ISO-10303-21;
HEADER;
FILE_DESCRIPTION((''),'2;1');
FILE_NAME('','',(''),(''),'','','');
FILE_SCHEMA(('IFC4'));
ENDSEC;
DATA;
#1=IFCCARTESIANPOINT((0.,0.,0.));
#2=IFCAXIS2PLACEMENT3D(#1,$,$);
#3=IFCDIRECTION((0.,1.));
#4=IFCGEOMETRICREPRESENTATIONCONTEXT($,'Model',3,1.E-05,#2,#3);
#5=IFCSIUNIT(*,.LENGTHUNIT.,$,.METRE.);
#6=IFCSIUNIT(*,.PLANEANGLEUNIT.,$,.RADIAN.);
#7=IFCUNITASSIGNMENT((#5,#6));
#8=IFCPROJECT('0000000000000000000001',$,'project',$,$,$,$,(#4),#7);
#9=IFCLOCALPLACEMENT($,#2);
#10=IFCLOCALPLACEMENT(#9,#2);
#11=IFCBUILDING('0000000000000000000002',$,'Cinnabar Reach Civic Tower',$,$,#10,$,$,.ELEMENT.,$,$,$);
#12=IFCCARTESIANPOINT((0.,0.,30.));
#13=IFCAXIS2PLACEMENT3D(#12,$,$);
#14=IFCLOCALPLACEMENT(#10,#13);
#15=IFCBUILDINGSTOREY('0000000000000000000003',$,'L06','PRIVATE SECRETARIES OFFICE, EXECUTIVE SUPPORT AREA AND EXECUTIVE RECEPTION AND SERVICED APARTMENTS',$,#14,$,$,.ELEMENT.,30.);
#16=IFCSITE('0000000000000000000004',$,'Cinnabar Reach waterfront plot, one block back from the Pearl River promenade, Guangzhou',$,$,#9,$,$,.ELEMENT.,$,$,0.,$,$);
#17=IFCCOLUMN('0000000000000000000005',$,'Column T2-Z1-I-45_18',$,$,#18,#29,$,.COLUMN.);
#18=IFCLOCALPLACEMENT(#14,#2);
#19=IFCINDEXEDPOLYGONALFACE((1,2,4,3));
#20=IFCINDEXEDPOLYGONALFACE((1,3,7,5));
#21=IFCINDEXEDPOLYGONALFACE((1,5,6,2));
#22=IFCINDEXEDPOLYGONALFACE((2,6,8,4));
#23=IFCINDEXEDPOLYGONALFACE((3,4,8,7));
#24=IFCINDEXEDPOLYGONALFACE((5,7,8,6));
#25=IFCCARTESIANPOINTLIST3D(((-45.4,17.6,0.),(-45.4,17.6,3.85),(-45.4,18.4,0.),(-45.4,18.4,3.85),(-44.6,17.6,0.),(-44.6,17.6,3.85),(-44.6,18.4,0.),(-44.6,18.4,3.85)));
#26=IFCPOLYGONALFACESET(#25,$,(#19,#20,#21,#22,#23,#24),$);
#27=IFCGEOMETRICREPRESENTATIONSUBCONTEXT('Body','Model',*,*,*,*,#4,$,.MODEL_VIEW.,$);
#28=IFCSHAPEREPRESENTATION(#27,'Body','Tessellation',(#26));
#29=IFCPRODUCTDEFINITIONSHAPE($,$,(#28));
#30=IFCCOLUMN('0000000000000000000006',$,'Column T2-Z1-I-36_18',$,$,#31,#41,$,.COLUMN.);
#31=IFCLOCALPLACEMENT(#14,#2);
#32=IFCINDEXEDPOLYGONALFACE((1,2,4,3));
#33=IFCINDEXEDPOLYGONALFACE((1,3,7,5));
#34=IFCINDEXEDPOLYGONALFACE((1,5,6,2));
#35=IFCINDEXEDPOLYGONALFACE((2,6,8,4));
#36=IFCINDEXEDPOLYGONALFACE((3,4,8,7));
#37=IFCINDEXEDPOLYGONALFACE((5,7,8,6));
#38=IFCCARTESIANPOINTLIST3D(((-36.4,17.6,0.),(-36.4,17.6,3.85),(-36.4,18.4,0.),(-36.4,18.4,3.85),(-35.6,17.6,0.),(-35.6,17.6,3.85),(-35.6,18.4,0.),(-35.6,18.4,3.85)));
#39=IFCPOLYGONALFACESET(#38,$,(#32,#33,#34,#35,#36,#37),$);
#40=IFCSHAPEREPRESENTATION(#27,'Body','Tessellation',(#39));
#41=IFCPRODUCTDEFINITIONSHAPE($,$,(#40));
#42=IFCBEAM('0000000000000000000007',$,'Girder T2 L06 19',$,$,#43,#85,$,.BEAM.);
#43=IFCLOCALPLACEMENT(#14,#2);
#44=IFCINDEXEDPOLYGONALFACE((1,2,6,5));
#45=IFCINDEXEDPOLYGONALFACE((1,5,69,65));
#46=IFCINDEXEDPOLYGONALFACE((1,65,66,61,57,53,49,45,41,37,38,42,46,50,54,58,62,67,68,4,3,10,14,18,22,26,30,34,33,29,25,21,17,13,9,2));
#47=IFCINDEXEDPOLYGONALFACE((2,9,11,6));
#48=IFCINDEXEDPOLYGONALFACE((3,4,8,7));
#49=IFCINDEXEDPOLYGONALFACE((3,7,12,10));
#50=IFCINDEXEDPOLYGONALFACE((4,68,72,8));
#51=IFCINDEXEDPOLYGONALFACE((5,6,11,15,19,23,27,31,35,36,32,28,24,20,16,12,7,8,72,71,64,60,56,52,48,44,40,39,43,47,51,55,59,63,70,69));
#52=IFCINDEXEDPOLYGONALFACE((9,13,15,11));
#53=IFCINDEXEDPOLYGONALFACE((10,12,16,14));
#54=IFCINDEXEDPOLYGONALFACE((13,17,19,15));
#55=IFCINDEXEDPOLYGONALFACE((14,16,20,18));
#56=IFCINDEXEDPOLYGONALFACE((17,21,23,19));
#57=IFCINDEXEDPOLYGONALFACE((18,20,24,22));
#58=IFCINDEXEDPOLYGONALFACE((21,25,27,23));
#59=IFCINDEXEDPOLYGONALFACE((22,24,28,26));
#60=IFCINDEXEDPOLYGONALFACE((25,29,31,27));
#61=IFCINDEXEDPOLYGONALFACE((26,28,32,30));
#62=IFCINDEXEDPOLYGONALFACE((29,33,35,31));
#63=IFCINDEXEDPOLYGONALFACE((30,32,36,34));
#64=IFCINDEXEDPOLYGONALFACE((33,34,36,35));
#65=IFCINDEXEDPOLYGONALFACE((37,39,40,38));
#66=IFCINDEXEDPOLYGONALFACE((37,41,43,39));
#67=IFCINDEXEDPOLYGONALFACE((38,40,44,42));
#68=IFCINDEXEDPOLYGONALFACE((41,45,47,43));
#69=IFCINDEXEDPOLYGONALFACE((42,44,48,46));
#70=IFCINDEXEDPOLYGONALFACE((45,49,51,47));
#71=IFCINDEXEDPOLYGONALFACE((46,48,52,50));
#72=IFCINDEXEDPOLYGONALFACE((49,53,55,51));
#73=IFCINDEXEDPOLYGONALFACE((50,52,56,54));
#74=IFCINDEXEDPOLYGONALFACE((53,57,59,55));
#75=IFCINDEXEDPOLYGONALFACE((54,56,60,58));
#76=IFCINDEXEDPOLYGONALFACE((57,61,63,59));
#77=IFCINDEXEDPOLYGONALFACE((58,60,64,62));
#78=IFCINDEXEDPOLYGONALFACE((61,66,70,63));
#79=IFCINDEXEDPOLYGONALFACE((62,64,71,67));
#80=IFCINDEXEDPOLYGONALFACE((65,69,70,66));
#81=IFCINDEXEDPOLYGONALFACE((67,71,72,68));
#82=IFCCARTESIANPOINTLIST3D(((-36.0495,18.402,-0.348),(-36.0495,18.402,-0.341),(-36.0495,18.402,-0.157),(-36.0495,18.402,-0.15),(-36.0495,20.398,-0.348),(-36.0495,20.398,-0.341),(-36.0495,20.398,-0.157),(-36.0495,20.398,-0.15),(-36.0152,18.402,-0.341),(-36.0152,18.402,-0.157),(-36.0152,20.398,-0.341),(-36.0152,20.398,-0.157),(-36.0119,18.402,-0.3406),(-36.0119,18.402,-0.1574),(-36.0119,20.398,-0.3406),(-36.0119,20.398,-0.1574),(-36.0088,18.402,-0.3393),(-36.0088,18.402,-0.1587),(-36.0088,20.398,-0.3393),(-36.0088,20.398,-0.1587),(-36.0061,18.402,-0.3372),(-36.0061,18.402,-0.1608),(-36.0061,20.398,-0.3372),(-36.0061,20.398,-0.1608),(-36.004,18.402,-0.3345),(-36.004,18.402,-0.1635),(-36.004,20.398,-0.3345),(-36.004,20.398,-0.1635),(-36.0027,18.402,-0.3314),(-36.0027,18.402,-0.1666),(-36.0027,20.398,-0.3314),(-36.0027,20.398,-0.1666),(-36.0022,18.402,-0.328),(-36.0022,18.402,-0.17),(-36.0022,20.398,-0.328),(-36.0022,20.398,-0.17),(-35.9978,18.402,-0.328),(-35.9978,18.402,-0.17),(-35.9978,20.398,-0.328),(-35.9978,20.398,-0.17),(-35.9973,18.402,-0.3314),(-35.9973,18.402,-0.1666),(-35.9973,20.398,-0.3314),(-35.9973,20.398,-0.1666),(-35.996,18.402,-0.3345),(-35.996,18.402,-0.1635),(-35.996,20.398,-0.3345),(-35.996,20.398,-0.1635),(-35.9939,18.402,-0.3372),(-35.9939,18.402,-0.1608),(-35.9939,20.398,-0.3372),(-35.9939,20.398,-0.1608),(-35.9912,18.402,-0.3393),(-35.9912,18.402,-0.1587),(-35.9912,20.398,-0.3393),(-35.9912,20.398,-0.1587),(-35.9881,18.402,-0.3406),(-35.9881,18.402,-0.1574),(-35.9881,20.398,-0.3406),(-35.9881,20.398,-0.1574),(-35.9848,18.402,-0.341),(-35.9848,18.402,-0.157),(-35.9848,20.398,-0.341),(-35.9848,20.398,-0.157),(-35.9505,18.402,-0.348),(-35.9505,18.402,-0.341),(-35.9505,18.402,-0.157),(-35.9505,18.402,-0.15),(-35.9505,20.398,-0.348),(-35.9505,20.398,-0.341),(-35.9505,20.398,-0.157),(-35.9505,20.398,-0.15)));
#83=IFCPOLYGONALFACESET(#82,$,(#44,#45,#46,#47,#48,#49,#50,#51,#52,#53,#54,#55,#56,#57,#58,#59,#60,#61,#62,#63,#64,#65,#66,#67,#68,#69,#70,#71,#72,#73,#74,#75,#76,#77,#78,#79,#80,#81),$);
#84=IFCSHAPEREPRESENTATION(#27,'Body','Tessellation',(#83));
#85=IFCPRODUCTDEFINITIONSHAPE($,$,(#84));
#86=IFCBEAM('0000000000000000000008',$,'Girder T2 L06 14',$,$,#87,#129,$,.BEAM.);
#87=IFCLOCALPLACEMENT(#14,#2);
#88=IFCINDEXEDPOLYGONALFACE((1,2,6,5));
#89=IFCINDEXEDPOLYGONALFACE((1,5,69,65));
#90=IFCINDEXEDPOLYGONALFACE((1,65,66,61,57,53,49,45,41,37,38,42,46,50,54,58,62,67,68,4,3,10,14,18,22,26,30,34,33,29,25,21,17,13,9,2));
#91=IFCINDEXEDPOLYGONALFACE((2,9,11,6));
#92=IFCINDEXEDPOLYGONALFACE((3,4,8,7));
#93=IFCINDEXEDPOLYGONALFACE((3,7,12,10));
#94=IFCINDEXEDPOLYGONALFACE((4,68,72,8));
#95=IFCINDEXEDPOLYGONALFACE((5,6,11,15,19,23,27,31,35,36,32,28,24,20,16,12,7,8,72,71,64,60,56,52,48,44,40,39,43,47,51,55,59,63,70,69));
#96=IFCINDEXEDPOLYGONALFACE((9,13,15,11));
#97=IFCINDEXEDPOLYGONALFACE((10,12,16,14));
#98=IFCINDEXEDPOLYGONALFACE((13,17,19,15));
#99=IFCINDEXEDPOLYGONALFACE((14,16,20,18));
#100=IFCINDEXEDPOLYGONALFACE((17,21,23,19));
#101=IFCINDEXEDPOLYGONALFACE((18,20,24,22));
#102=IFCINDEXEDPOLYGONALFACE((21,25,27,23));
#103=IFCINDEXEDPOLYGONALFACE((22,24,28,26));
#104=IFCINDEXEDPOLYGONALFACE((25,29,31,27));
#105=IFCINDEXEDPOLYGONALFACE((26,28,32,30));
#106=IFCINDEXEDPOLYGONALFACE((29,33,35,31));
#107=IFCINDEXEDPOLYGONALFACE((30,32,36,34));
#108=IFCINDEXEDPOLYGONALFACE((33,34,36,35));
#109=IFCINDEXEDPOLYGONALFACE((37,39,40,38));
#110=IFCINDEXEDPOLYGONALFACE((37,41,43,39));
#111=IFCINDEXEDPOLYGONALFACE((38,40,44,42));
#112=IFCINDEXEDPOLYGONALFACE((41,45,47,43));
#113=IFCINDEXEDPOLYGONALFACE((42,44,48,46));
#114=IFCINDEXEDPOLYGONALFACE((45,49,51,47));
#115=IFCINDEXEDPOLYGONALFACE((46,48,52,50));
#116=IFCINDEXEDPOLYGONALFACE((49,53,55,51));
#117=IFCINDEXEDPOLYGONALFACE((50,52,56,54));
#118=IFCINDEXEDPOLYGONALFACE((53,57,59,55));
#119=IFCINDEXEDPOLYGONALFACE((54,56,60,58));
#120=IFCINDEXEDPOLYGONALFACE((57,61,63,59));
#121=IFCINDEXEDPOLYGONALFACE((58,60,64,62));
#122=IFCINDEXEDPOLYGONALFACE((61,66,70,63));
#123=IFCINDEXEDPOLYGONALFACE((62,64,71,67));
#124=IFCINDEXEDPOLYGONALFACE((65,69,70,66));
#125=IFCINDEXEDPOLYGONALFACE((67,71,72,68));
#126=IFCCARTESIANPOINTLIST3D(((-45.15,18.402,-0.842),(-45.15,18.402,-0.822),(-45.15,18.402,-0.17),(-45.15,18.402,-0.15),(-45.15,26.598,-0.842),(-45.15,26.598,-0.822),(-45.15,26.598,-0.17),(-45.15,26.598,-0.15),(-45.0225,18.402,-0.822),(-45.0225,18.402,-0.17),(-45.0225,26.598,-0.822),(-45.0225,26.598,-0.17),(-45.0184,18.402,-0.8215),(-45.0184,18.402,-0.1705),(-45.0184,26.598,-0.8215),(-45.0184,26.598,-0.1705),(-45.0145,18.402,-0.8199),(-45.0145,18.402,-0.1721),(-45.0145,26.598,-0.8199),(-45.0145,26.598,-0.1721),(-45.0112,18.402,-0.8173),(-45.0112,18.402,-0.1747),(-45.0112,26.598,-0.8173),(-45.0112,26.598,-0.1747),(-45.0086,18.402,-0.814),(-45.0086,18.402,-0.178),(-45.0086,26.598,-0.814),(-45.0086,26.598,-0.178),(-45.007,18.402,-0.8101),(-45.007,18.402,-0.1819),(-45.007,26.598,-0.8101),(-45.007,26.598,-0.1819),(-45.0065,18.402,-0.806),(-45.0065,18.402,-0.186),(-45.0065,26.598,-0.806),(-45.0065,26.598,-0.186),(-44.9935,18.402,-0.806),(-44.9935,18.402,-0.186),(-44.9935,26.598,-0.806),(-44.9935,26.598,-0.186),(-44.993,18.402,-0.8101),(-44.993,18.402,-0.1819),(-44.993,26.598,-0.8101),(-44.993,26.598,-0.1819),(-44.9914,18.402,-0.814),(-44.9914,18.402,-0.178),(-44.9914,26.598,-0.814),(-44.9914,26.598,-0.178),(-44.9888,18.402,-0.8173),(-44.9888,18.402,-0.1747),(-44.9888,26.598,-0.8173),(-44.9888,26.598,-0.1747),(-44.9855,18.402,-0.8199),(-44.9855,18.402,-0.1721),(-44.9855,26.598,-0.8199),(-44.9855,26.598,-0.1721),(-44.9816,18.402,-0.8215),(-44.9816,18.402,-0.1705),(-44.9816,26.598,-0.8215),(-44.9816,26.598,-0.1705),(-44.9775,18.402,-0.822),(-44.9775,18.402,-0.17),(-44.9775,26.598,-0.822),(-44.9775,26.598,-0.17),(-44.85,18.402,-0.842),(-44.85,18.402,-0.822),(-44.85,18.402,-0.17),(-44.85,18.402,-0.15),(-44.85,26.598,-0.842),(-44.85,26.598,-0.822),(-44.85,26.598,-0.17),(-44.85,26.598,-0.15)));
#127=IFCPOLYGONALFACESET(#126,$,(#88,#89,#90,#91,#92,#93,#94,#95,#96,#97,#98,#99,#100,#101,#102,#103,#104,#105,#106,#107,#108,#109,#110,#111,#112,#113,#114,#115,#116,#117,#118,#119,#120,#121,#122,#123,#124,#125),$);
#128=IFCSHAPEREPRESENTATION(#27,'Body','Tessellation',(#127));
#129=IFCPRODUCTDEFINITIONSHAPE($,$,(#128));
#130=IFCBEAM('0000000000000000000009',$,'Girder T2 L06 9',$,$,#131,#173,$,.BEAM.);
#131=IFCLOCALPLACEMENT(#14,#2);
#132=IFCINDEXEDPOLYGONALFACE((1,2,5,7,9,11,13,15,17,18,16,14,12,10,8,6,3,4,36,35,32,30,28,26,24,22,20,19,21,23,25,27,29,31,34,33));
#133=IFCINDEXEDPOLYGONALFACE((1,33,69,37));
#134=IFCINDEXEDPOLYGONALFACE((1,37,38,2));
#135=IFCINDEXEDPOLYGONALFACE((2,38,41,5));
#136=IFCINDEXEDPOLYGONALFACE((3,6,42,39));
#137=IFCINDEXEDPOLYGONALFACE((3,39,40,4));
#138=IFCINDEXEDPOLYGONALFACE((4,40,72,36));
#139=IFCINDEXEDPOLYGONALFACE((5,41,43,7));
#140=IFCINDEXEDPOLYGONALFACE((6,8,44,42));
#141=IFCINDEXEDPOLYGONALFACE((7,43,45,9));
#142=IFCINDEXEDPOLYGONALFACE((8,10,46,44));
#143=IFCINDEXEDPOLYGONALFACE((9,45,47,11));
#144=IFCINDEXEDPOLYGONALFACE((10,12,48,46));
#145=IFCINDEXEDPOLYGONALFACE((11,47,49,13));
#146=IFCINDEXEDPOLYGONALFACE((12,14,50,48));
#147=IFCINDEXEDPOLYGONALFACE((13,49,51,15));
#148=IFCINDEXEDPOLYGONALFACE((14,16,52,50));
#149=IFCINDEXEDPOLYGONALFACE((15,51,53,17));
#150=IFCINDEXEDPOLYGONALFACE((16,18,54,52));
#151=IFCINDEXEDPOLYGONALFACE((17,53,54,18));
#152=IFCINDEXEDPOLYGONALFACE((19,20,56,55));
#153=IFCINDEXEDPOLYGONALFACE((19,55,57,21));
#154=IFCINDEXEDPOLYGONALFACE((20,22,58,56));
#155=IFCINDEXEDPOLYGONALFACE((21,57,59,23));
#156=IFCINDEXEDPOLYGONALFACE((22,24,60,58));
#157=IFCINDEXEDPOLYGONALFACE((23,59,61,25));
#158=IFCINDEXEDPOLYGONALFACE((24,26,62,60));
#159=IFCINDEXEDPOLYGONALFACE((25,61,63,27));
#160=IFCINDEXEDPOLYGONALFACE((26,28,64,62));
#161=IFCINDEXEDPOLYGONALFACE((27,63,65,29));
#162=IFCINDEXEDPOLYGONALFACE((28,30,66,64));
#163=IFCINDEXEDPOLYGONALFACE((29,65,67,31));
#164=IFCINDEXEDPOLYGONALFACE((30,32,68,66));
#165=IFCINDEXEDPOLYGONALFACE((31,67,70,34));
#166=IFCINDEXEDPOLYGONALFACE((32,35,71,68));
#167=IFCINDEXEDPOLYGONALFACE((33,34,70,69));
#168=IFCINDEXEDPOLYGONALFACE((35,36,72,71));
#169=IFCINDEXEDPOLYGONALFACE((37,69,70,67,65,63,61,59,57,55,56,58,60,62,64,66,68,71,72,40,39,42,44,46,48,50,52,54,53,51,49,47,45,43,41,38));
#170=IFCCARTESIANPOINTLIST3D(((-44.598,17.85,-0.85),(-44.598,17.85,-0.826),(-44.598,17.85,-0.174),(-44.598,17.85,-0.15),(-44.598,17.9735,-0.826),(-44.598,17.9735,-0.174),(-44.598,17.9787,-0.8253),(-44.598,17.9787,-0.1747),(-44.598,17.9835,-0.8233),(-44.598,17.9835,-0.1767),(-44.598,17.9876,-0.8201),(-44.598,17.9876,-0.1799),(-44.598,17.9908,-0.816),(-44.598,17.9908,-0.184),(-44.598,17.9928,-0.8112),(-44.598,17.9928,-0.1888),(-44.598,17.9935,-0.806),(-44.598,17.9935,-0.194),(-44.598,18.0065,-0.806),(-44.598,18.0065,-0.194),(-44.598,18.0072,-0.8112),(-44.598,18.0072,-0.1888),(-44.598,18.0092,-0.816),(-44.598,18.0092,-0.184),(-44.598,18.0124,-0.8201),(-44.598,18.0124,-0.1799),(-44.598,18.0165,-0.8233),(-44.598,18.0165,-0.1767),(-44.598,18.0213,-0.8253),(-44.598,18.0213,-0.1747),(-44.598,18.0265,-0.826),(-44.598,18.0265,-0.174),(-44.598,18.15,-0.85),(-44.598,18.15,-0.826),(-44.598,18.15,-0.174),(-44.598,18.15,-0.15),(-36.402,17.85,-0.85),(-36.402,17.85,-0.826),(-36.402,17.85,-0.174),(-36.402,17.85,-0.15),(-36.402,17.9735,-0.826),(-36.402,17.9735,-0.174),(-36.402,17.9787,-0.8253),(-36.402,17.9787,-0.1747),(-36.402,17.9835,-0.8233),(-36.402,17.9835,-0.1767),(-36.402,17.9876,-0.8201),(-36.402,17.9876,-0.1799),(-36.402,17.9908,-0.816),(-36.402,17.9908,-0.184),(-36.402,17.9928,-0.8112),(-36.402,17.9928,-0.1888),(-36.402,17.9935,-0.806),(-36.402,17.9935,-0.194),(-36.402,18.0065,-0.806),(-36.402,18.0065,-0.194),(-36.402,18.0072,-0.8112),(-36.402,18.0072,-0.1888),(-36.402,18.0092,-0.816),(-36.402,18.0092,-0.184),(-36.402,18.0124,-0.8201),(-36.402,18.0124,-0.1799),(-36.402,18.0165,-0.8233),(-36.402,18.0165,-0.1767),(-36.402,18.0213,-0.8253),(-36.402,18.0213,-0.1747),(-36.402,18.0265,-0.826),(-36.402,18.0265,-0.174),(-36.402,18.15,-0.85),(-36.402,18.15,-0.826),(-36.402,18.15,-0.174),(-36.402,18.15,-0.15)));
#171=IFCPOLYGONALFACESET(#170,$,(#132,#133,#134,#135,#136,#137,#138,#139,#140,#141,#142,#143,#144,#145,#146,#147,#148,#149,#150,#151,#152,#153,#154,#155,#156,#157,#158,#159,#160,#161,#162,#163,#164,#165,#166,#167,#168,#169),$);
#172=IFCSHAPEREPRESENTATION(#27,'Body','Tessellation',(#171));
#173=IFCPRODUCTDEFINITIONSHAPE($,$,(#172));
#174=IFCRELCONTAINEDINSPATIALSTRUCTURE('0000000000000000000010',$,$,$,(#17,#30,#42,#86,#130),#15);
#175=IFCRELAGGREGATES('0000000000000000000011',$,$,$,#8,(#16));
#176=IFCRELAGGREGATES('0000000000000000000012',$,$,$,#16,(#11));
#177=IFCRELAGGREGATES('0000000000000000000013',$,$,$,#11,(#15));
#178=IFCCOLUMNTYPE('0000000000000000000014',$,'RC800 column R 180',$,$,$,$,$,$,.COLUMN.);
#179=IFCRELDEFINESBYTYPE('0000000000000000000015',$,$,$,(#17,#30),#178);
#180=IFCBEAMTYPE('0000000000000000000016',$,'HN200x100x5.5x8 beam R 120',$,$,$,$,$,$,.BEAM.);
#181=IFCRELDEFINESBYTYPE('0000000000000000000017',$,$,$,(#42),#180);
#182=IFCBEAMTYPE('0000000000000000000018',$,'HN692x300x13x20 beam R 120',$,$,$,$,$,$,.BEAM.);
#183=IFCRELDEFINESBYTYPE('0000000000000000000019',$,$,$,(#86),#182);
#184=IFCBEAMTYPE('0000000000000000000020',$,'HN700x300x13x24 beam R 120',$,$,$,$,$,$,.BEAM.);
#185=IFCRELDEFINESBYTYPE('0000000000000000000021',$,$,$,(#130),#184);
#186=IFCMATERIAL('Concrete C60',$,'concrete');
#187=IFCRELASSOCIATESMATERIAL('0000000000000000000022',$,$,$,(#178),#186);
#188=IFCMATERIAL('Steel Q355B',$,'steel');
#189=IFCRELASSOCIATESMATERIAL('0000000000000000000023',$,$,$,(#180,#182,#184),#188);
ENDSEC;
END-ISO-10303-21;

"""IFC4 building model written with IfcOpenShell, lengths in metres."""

from ifc_helpers import new_model, si_unit, direction, frame, origin, origin_2d, place, context, subcontext, project, spatial, rectangle, i_section, extrude, material, material_profile, profile_set, type_object, element, save


model = new_model("IFC4")

# Units and contexts
model_context = context("Model", 3, precision=1e-05, world=origin(), true_north=direction((0.0, 1.0)))
body_context = subcontext(model_context, "Body", "Model", "MODEL_VIEW")
ifc_project = project(units=[si_unit("LENGTHUNIT", "METRE"), si_unit("PLANEANGLEUNIT", "RADIAN")], contexts=[model_context])

# Site, building, storey
site_placement = place(None, origin())
site = spatial("IfcSite", under=ifc_project, at=site_placement, Name="Cinnabar Reach waterfront plot, one block back from the Pearl River promenade, Guangzhou", CompositionType="ELEMENT", RefElevation=0.0)
building_placement = place(site_placement, origin())
building = spatial("IfcBuilding", under=site, at=building_placement, Name="Cinnabar Reach Civic Tower", CompositionType="ELEMENT")
storey_placement = place(building_placement, frame((0.0, 0.0, 30.0)))
storey = spatial("IfcBuildingStorey", under=building, at=storey_placement, Name="L06", Description="PRIVATE SECRETARIES OFFICE, EXECUTIVE SUPPORT AREA AND EXECUTIVE RECEPTION AND SERVICED APARTMENTS", CompositionType="ELEMENT", Elevation=30.0)

# Columns
ifc_material_1 = material(Name="Concrete C60", Category="concrete")
ifc_material_profile_1 = material_profile(ifc_material_1, rectangle(XDim=0.8, YDim=0.8, at=origin_2d()), Name="RC800")
ifc_profile_set_1 = profile_set([ifc_material_profile_1], Name="Concrete C60")
column_type = type_object("IfcColumnType", Name="RC800 column R 180", PredefinedType="COLUMN", material=ifc_profile_set_1)
for number, where, z_axis, x_axis, name in (
    (1, (-45.0, 18.0, 0.0), (0.0, 0.0, 1.0), (1.0, 0.0, 0.0), "Column T2-Z1-I-45_18"),
    (2, (-36.0, 18.0, 0.0), (0.0, 0.0, 1.0), (1.0, 0.0, 0.0), "Column T2-Z1-I-36_18"),
):
    element("IfcColumn", number, at=place(storey_placement, frame(where, z_axis=z_axis, x_axis=x_axis)), inside=storey, type_object=column_type, Name=name, PredefinedType="COLUMN", context=body_context, shape_type="SweptSolid", body=[
        extrude(rectangle(XDim=0.8, YDim=0.8, at=origin_2d()), origin(), (0.0, 0.0, 1.0), 3.85),
    ])

# Beams
ifc_material_2 = material(Name="Steel Q355B", Category="steel")
ifc_material_profile_2 = material_profile(ifc_material_2, i_section(OverallWidth=0.099, OverallDepth=0.198, WebThickness=0.0045, FlangeThickness=0.007, FilletRadius=0.013, at=origin_2d()), Name="HN200x100x5.5x8")
ifc_profile_set_2 = profile_set([ifc_material_profile_2], Name="Steel Q355B")
beam_type_1 = type_object("IfcBeamType", Name="HN200x100x5.5x8 beam R 120", PredefinedType="BEAM", material=ifc_profile_set_2)
beam_1_placement = place(storey_placement, frame((-36.0, 18.402, -0.249), z_axis=(0.0, 1.0, 0.0), x_axis=(-1.0, 0.0, 0.0)))
element("IfcBeam", 3, at=beam_1_placement, inside=storey, type_object=beam_type_1, Name="Girder T2 L06 19", PredefinedType="BEAM", context=body_context, shape_type="SweptSolid", body=[
    extrude(i_section(OverallWidth=0.099, OverallDepth=0.198, WebThickness=0.0045, FlangeThickness=0.007, FilletRadius=0.013, at=origin_2d()), origin(), (0.0, 0.0, 1.0), 1.996),
])
ifc_material_profile_3 = material_profile(ifc_material_2, i_section(OverallWidth=0.3, OverallDepth=0.692, WebThickness=0.013, FlangeThickness=0.02, FilletRadius=0.016, at=origin_2d()), Name="HN692x300x13x20")
ifc_profile_set_3 = profile_set([ifc_material_profile_3], Name="Steel Q355B")
beam_type_2 = type_object("IfcBeamType", Name="HN692x300x13x20 beam R 120", PredefinedType="BEAM", material=ifc_profile_set_3)
beam_2_placement = place(storey_placement, frame((-45.0, 18.402, -0.496), z_axis=(0.0, 1.0, 0.0), x_axis=(-1.0, 0.0, 0.0)))
element("IfcBeam", 4, at=beam_2_placement, inside=storey, type_object=beam_type_2, Name="Girder T2 L06 14", PredefinedType="BEAM", context=body_context, shape_type="SweptSolid", body=[
    extrude(i_section(OverallWidth=0.3, OverallDepth=0.692, WebThickness=0.013, FlangeThickness=0.02, FilletRadius=0.016, at=origin_2d()), origin(), (0.0, 0.0, 1.0), 8.196),
])
ifc_material_profile_4 = material_profile(ifc_material_2, i_section(OverallWidth=0.3, OverallDepth=0.7, WebThickness=0.013, FlangeThickness=0.024, FilletRadius=0.02, at=origin_2d()), Name="HN700x300x13x24")
ifc_profile_set_4 = profile_set([ifc_material_profile_4], Name="Steel Q355B")
beam_type_3 = type_object("IfcBeamType", Name="HN700x300x13x24 beam R 120", PredefinedType="BEAM", material=ifc_profile_set_4)
beam_3_placement = place(storey_placement, frame((-44.598, 18.0, -0.5), z_axis=(1.0, 0.0, 0.0), x_axis=(0.0, 1.0, 0.0)))
element("IfcBeam", 5, at=beam_3_placement, inside=storey, type_object=beam_type_3, Name="Girder T2 L06 9", PredefinedType="BEAM", context=body_context, shape_type="SweptSolid", body=[
    extrude(i_section(OverallWidth=0.3, OverallDepth=0.7, WebThickness=0.013, FlangeThickness=0.024, FilletRadius=0.02, at=origin_2d()), origin(), (0.0, 0.0, 1.0), 8.196),
])

save(model, "model.ifc")
